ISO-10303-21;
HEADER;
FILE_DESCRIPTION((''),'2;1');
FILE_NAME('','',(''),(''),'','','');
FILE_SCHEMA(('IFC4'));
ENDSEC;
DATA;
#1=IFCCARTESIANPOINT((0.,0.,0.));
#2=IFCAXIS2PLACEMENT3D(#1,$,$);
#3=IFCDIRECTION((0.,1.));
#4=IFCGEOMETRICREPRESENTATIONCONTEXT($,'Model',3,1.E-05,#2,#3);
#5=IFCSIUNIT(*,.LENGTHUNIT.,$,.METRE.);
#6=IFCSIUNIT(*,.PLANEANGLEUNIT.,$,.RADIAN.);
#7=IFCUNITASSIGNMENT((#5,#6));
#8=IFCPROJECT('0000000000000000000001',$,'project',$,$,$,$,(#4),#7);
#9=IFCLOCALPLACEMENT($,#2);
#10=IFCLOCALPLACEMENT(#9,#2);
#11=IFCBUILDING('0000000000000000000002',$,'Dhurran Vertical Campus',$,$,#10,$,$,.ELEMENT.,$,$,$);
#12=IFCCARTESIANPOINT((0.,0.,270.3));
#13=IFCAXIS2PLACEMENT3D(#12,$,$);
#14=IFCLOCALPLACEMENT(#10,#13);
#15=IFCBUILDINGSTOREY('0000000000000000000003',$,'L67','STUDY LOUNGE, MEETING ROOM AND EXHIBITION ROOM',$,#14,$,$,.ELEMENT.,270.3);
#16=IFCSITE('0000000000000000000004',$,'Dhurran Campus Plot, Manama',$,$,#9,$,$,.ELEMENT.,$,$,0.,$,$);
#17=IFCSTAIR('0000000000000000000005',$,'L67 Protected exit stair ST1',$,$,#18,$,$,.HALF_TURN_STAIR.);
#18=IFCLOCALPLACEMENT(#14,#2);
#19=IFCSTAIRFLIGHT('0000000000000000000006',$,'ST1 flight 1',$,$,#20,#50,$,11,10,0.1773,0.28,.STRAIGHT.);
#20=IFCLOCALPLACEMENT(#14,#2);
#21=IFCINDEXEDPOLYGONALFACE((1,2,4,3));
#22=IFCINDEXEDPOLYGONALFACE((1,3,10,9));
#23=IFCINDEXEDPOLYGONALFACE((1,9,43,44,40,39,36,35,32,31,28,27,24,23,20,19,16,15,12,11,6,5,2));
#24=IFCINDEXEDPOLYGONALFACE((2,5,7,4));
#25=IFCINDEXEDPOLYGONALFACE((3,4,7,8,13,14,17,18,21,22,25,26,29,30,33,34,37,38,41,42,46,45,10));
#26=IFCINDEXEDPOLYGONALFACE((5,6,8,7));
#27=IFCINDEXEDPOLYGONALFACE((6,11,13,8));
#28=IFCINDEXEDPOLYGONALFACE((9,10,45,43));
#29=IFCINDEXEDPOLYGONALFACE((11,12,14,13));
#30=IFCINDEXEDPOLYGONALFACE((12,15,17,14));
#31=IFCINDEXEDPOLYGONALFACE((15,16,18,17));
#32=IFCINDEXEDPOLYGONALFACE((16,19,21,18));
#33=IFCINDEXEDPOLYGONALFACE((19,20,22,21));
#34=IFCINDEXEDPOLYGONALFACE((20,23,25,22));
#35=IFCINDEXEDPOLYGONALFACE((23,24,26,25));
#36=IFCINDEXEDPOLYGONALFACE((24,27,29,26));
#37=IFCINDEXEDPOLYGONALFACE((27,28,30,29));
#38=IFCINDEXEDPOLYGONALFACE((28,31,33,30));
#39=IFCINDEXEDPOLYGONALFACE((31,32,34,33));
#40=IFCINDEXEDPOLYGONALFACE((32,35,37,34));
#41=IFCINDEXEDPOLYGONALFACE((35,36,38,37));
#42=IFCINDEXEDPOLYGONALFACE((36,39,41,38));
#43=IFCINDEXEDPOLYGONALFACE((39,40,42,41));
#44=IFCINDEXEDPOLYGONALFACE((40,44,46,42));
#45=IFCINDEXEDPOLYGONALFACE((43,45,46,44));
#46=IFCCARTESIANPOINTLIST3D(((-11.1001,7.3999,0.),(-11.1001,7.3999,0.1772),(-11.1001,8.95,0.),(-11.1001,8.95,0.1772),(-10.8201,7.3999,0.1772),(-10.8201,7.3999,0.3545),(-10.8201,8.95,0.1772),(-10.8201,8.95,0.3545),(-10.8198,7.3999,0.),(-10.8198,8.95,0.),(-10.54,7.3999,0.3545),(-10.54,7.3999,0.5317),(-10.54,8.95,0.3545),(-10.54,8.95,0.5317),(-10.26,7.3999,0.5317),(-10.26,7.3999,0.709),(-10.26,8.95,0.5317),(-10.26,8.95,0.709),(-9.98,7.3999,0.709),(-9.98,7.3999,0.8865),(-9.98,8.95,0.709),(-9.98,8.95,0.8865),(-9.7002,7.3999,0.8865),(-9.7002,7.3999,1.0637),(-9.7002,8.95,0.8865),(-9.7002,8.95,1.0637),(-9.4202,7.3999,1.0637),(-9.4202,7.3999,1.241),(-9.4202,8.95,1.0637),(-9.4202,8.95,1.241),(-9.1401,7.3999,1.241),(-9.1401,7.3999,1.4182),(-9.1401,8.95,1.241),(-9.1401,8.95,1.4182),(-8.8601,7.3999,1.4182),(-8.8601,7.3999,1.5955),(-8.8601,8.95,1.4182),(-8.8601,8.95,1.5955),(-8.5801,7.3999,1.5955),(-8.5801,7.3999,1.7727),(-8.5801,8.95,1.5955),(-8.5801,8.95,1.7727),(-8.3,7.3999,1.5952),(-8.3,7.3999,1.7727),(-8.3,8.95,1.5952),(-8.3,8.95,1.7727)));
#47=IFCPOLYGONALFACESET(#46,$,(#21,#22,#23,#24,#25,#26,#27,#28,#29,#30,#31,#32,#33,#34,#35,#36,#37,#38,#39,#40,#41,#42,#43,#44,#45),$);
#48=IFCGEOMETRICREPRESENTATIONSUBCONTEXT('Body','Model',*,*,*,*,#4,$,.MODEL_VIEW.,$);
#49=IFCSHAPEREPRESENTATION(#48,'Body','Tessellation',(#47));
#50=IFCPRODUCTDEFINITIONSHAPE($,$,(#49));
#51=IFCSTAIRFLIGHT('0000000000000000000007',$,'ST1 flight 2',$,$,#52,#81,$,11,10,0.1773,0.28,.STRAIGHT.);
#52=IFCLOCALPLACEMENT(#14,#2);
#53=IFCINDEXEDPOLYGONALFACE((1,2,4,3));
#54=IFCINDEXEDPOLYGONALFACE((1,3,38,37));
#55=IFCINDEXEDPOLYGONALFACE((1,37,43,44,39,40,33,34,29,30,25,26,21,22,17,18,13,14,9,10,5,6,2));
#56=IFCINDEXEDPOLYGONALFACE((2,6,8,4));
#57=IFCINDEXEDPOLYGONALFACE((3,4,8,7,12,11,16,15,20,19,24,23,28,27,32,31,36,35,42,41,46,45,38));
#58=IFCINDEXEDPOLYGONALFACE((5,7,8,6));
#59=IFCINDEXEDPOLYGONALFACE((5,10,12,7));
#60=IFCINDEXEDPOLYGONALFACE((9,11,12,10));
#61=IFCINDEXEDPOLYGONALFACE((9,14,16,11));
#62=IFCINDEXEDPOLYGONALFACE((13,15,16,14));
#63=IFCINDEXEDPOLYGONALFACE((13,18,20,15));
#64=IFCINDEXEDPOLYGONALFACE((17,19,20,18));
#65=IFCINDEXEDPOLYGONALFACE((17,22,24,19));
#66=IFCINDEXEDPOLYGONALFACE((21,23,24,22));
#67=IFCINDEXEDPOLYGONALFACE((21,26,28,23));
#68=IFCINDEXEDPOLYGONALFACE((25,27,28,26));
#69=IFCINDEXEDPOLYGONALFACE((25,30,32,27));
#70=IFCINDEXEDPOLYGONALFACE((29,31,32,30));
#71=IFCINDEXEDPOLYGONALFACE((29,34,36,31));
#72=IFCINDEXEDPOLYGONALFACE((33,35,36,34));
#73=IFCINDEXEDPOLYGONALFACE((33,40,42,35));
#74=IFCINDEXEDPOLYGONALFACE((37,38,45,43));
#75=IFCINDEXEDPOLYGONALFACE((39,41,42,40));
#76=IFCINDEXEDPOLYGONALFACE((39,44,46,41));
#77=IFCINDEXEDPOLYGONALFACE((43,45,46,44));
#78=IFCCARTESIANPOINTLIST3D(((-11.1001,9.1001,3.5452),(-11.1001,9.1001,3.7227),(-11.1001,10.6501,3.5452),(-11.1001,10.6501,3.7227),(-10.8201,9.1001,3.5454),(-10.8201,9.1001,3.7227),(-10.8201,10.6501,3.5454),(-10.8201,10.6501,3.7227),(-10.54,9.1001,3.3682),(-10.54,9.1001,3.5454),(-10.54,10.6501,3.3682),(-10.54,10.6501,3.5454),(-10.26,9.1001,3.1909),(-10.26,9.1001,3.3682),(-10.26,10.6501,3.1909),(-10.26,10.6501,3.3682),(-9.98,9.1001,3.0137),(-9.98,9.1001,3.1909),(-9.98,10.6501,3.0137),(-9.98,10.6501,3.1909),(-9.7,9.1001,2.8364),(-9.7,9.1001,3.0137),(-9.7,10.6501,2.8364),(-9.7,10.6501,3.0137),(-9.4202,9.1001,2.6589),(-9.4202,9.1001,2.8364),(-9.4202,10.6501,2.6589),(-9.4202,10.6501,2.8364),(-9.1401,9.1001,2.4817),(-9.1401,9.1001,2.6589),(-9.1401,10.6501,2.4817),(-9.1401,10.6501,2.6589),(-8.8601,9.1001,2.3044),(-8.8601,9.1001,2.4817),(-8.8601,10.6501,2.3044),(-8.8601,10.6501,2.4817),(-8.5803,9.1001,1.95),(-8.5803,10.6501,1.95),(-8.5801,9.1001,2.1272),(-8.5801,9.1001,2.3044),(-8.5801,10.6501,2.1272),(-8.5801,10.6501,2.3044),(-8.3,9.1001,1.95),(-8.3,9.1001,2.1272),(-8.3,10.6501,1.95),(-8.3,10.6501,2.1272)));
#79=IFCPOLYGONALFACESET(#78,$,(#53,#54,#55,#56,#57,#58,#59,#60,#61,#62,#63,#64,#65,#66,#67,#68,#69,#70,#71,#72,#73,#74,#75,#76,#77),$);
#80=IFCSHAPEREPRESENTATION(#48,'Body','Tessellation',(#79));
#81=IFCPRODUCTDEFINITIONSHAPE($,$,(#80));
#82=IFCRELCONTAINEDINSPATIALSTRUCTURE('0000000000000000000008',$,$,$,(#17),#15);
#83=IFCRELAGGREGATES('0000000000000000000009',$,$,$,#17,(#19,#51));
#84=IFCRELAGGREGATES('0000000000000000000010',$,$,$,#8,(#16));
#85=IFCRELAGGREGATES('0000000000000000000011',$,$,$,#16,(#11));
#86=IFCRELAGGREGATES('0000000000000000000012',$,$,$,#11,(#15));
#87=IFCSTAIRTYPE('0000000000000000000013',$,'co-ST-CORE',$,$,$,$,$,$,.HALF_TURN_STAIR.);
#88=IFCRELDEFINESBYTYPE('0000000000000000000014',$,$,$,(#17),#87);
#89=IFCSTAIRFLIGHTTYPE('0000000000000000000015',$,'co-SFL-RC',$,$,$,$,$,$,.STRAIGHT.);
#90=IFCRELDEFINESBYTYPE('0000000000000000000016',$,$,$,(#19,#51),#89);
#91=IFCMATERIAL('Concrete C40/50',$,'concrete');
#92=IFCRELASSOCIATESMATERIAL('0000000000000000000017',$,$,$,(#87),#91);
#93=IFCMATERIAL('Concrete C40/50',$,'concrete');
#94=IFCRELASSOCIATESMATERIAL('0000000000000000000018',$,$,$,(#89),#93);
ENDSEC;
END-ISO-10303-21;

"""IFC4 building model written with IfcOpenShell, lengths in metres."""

from ifc_helpers import new_model, si_unit, direction, frame, origin, place, context, subcontext, project, spatial, polyline, outline, extrude, material, type_object, element, aggregate, save


model = new_model("IFC4")

# Units and contexts
model_context = context("Model", 3, precision=1e-05, world=origin(), true_north=direction((0.0, 1.0)))
body_context = subcontext(model_context, "Body", "Model", "MODEL_VIEW")
ifc_project = project(units=[si_unit("LENGTHUNIT", "METRE"), si_unit("PLANEANGLEUNIT", "RADIAN")], contexts=[model_context])

# Site, building, storey
site_placement = place(None, origin())
site = spatial("IfcSite", under=ifc_project, at=site_placement, Name="Dhurran Campus Plot, Manama", CompositionType="ELEMENT", RefElevation=0.0)
building_placement = place(site_placement, origin())
building = spatial("IfcBuilding", under=site, at=building_placement, Name="Dhurran Vertical Campus", CompositionType="ELEMENT")
storey_placement = place(building_placement, frame((0.0, 0.0, 270.3)))
storey = spatial("IfcBuildingStorey", under=building, at=storey_placement, Name="L67", Description="STUDY LOUNGE, MEETING ROOM AND EXHIBITION ROOM", CompositionType="ELEMENT", Elevation=270.3)

# Stair, stair flights
ifc_material_1 = material(Name="Concrete C40/50", Category="concrete")
stair_type = type_object("IfcStairType", Name="co-ST-CORE", PredefinedType="HALF_TURN_STAIR", material=ifc_material_1)
stair_placement = place(storey_placement, origin())
stair = element("IfcStair", 1, at=stair_placement, inside=storey, type_object=stair_type, Name="L67 Protected exit stair ST1", PredefinedType="HALF_TURN_STAIR")
ifc_material_2 = material(Name="Concrete C40/50", Category="concrete")
stair_flight_type = type_object("IfcStairFlightType", Name="co-SFL-RC", PredefinedType="STRAIGHT", material=ifc_material_2)
stair_flight_1_placement = place(storey_placement, frame((-11.1001, 8.175, 0.0), z_axis=(0.0, 0.0, 1.0), x_axis=(1.0, 0.0, 0.0)))
stair_flight_1 = element("IfcStairFlight", 2, at=stair_flight_1_placement, type_object=stair_flight_type, Name="ST1 flight 1", NumberOfRisers=11, NumberOfTreads=10, PredefinedType="STRAIGHT", RiserHeight=0.1773, TreadLength=0.28, context=body_context, shape_type="SweptSolid", body=[
    extrude(outline(polyline([(0.0, 0.0), (0.0, 0.1772), (0.28, 0.1772), (0.28, 0.3545), (0.5601, 0.3545), (0.5601, 0.5317), (0.8401, 0.5317), (0.8401, 0.709), (1.1201, 0.709), (1.1201, 0.8865), (1.3999, 0.8865), (1.3999, 1.0637), (1.6799, 1.0637), (1.6799, 1.241), (1.96, 1.241), (1.96, 1.4182), (2.24, 1.4182), (2.24, 1.5955), (2.52, 1.5955), (2.52, 1.7727), (2.8, 1.7727), (2.8, 1.95), (2.8, 1.5952), (0.2803, 0.0), (0.0, 0.0)])), frame((0.0, 0.7749, 0.0), z_axis=(0.0, -1.0, 0.0), x_axis=(1.0, 0.0, 0.0)), (0.0, 0.0, 1.0), 1.55),
])
stair_flight_2_placement = place(storey_placement, frame((-8.3, 9.875, 1.95), z_axis=(0.0, 0.0, 1.0), x_axis=(-1.0, 0.0, 0.0)))
stair_flight_2 = element("IfcStairFlight", 3, at=stair_flight_2_placement, type_object=stair_flight_type, Name="ST1 flight 2", NumberOfRisers=11, NumberOfTreads=10, PredefinedType="STRAIGHT", RiserHeight=0.1773, TreadLength=0.28, context=body_context, shape_type="SweptSolid", body=[
    extrude(outline(polyline([(0.0, 0.0), (0.0, 0.1772), (0.28, 0.1772), (0.28, 0.3545), (0.5601, 0.3545), (0.5601, 0.5317), (0.8401, 0.5317), (0.8401, 0.709), (1.1201, 0.709), (1.1201, 0.8865), (1.3999, 0.8865), (1.3999, 1.0637), (1.6799, 1.0637), (1.6799, 1.241), (1.96, 1.241), (1.96, 1.4182), (2.24, 1.4182), (2.24, 1.5955), (2.52, 1.5955), (2.52, 1.7727), (2.8, 1.7727), (2.8, 1.95), (2.8, 1.5952), (0.2803, 0.0), (0.0, 0.0)])), frame((0.0, 0.7749, 0.0), z_axis=(0.0, -1.0, 0.0), x_axis=(1.0, 0.0, 0.0)), (0.0, 0.0, 1.0), 1.55),
])
aggregate(stair, [stair_flight_1, stair_flight_2])

save(model, "model.ifc")
